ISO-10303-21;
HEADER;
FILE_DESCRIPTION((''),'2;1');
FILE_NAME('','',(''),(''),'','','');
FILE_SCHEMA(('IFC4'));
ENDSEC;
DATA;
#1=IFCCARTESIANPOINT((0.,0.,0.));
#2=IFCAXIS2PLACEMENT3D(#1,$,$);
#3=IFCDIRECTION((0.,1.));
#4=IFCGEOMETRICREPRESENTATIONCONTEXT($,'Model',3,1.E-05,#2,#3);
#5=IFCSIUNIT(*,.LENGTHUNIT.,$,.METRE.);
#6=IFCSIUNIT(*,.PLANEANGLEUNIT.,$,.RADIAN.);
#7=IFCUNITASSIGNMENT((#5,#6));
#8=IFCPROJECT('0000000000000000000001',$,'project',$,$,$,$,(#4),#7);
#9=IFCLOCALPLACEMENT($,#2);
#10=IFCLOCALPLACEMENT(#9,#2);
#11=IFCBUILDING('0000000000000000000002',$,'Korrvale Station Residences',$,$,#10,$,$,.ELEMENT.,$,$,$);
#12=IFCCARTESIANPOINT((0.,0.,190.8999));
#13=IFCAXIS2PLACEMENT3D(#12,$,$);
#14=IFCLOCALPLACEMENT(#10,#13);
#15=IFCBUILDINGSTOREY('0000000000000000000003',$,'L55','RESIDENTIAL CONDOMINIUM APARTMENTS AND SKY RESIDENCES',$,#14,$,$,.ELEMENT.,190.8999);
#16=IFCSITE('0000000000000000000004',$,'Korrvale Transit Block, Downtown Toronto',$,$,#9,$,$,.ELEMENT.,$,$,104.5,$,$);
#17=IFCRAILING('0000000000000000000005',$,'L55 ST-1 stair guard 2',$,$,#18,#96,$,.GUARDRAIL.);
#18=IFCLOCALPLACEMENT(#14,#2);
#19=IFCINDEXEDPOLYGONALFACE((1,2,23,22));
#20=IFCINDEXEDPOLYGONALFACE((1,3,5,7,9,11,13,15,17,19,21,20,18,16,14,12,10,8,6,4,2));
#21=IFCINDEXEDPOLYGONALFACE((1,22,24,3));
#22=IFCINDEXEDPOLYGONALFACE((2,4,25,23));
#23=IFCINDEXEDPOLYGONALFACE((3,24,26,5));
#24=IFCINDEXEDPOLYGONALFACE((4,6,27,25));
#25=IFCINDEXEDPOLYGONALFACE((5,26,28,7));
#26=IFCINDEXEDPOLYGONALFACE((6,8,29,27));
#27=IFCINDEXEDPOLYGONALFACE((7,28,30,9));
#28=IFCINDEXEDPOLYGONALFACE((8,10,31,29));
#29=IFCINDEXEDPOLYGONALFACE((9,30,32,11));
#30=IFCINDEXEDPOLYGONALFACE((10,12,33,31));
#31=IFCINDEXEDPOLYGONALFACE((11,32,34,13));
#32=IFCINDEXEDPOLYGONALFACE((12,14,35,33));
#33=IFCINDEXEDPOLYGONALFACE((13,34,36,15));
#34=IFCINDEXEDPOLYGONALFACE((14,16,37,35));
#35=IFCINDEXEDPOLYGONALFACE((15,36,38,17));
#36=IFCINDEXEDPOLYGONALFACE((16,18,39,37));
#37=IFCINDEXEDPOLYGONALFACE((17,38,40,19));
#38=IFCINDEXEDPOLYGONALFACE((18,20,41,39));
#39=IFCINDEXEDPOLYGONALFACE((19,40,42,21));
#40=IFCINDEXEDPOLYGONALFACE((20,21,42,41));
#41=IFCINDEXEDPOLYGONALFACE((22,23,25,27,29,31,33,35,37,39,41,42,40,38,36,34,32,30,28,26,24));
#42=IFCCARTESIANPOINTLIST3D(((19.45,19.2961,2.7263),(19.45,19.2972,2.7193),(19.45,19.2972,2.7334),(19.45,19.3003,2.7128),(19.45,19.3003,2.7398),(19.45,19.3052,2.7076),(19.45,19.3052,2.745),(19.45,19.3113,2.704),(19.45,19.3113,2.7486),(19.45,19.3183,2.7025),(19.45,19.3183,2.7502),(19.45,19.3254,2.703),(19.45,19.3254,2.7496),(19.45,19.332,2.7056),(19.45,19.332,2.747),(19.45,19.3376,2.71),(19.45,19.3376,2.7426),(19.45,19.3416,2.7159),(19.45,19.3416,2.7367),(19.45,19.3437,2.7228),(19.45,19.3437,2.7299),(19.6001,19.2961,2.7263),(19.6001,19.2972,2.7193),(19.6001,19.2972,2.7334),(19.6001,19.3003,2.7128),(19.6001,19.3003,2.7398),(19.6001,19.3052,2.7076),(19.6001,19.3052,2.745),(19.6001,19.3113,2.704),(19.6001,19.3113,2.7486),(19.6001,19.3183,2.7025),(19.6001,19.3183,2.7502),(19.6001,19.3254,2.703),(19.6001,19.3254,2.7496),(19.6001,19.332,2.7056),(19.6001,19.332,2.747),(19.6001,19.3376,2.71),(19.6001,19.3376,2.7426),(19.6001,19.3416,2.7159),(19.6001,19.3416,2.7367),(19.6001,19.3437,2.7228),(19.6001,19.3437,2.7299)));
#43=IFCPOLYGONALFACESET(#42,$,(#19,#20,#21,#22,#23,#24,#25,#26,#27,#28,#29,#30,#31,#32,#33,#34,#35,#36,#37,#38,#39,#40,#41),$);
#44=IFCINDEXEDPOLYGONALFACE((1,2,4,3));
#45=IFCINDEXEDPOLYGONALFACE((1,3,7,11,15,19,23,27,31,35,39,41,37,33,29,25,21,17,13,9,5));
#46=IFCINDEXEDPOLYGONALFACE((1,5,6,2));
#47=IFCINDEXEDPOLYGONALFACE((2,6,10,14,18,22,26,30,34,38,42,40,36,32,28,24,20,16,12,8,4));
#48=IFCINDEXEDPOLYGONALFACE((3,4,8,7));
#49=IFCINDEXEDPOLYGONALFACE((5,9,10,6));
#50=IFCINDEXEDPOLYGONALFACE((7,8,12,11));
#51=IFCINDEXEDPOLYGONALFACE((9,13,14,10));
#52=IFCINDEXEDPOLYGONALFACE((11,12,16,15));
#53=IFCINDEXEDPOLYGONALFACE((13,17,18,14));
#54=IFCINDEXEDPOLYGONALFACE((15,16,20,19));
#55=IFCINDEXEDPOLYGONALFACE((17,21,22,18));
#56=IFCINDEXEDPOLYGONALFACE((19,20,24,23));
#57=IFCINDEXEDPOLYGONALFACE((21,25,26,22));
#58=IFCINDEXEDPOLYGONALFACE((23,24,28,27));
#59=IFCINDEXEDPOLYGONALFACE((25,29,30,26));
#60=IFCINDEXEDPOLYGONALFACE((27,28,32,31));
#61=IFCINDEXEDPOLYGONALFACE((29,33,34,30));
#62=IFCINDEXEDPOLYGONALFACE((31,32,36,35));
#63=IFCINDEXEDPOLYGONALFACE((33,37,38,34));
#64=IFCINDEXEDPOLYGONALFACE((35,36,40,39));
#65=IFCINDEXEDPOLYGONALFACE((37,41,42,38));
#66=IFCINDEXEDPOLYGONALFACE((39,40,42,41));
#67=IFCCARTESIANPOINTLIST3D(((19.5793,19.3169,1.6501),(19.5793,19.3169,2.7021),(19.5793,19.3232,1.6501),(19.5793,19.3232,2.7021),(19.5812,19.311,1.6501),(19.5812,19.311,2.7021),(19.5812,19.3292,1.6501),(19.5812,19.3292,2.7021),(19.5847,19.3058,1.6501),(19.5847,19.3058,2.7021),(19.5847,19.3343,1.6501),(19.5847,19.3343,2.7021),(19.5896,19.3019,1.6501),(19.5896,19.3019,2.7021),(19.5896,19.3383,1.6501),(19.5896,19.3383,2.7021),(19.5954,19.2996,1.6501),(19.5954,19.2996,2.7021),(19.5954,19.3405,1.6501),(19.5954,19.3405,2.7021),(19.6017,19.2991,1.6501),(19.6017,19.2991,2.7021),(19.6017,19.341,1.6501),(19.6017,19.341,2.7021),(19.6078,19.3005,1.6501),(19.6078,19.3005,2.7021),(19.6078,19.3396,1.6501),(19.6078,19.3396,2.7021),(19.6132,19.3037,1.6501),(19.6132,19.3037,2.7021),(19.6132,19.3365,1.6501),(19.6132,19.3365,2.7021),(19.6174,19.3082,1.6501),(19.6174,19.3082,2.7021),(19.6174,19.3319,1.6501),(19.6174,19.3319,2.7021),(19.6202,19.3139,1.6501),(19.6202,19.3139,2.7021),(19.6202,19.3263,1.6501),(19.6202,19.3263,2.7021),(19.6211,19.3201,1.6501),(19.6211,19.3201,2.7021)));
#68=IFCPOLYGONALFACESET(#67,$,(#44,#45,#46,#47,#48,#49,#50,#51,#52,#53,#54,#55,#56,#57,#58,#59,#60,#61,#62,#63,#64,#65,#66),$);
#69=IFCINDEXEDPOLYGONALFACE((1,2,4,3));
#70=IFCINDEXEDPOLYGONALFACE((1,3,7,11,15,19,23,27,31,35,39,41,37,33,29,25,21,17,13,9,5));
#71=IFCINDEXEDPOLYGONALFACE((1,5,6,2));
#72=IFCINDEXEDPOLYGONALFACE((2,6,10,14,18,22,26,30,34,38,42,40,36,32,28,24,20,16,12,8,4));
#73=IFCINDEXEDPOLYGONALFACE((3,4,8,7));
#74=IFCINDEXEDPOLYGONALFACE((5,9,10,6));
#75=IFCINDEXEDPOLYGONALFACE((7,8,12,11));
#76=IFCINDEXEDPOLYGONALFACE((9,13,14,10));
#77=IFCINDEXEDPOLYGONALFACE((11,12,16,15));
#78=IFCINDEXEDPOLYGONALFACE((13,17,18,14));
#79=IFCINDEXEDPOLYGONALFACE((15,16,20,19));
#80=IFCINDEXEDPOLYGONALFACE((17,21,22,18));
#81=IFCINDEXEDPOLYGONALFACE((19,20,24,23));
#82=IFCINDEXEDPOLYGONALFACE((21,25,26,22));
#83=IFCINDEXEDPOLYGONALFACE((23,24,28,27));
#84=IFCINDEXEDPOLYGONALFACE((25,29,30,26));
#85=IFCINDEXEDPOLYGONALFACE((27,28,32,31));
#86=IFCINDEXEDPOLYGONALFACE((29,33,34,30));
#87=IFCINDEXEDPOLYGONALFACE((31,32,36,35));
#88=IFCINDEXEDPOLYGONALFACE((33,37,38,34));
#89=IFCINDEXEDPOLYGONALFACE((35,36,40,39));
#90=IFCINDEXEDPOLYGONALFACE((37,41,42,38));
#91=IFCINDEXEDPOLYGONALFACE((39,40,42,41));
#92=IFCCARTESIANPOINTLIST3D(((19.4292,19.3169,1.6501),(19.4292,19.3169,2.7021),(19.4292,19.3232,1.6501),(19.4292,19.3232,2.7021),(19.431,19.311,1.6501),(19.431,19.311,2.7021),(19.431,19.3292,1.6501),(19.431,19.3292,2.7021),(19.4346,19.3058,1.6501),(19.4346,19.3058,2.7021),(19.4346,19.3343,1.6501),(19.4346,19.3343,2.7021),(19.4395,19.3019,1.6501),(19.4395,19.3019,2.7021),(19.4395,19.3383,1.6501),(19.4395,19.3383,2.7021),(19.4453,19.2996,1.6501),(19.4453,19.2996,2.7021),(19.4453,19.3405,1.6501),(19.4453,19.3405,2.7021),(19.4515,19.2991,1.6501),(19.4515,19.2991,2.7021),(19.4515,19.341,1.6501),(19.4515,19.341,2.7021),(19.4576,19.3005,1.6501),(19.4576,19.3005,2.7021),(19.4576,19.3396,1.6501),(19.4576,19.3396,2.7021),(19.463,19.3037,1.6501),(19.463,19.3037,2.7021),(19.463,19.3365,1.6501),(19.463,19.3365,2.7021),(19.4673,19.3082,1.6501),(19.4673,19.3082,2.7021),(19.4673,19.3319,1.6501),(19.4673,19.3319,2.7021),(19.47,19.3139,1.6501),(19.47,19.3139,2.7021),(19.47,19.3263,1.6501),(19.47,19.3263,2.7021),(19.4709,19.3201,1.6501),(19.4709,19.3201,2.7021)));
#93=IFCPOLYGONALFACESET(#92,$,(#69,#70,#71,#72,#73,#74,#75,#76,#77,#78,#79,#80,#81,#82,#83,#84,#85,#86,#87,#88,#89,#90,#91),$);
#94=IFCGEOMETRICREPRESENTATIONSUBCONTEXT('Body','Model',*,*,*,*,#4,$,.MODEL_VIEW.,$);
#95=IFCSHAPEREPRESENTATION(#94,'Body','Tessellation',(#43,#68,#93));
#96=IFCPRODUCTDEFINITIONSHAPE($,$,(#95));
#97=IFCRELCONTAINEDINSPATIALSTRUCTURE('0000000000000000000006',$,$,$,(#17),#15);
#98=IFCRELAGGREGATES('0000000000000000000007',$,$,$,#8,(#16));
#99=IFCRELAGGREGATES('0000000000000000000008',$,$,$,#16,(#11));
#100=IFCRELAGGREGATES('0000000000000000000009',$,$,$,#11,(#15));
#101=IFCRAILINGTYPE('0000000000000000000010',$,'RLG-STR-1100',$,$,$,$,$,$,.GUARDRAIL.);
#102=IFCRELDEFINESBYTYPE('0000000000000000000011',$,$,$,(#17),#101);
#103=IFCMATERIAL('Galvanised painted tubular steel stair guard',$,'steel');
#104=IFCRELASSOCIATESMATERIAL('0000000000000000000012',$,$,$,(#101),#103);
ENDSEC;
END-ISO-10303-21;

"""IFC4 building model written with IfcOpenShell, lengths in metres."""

from ifc_helpers import new_model, si_unit, direction, frame, origin, origin_2d, place, context, subcontext, project, spatial, circle, extrude, material, type_object, element, save


model = new_model("IFC4")

# Units and contexts
model_context = context("Model", 3, precision=1e-05, world=origin(), true_north=direction((0.0, 1.0)))
body_context = subcontext(model_context, "Body", "Model", "MODEL_VIEW")
ifc_project = project(units=[si_unit("LENGTHUNIT", "METRE"), si_unit("PLANEANGLEUNIT", "RADIAN")], contexts=[model_context])

# Site, building, storey
site_placement = place(None, origin())
site = spatial("IfcSite", under=ifc_project, at=site_placement, Name="Korrvale Transit Block, Downtown Toronto", CompositionType="ELEMENT", RefElevation=104.5)
building_placement = place(site_placement, origin())
building = spatial("IfcBuilding", under=site, at=building_placement, Name="Korrvale Station Residences", CompositionType="ELEMENT")
storey_placement = place(building_placement, frame((0.0, 0.0, 190.8999)))
storey = spatial("IfcBuildingStorey", under=building, at=storey_placement, Name="L55", Description="RESIDENTIAL CONDOMINIUM APARTMENTS AND SKY RESIDENCES", CompositionType="ELEMENT", Elevation=190.8999)

# Railing
ifc_material_1 = material(Name="Galvanised painted tubular steel stair guard", Category="steel")
railing_type_1 = type_object("IfcRailingType", Name="RLG-STR-1100", PredefinedType="GUARDRAIL", material=ifc_material_1)
railing_1_placement = place(storey_placement, frame((19.6001, 19.3201, 1.6501)))
element("IfcRailing", 1, at=railing_1_placement, inside=storey, type_object=railing_type_1, Name="L55 ST-1 stair guard 2", PredefinedType="GUARDRAIL", context=body_context, shape_type="SweptSolid", body=[
    extrude(circle(Radius=0.0239, at=origin_2d()), frame((0.0, 0.0, 1.0762), z_axis=(-1.0, 0.0, 0.0), x_axis=(0.0, -1.0, 0.0)), (0.0, 0.0, 1.0), 0.1501),
    extrude(circle(Radius=0.021, at=origin_2d()), origin(), (0.0, 0.0, 1.0), 1.052),
    extrude(circle(Radius=0.021, at=origin_2d()), frame((-0.1501, 0.0, 0.0)), (0.0, 0.0, 1.0), 1.052),
])

save(model, "model.ifc")
